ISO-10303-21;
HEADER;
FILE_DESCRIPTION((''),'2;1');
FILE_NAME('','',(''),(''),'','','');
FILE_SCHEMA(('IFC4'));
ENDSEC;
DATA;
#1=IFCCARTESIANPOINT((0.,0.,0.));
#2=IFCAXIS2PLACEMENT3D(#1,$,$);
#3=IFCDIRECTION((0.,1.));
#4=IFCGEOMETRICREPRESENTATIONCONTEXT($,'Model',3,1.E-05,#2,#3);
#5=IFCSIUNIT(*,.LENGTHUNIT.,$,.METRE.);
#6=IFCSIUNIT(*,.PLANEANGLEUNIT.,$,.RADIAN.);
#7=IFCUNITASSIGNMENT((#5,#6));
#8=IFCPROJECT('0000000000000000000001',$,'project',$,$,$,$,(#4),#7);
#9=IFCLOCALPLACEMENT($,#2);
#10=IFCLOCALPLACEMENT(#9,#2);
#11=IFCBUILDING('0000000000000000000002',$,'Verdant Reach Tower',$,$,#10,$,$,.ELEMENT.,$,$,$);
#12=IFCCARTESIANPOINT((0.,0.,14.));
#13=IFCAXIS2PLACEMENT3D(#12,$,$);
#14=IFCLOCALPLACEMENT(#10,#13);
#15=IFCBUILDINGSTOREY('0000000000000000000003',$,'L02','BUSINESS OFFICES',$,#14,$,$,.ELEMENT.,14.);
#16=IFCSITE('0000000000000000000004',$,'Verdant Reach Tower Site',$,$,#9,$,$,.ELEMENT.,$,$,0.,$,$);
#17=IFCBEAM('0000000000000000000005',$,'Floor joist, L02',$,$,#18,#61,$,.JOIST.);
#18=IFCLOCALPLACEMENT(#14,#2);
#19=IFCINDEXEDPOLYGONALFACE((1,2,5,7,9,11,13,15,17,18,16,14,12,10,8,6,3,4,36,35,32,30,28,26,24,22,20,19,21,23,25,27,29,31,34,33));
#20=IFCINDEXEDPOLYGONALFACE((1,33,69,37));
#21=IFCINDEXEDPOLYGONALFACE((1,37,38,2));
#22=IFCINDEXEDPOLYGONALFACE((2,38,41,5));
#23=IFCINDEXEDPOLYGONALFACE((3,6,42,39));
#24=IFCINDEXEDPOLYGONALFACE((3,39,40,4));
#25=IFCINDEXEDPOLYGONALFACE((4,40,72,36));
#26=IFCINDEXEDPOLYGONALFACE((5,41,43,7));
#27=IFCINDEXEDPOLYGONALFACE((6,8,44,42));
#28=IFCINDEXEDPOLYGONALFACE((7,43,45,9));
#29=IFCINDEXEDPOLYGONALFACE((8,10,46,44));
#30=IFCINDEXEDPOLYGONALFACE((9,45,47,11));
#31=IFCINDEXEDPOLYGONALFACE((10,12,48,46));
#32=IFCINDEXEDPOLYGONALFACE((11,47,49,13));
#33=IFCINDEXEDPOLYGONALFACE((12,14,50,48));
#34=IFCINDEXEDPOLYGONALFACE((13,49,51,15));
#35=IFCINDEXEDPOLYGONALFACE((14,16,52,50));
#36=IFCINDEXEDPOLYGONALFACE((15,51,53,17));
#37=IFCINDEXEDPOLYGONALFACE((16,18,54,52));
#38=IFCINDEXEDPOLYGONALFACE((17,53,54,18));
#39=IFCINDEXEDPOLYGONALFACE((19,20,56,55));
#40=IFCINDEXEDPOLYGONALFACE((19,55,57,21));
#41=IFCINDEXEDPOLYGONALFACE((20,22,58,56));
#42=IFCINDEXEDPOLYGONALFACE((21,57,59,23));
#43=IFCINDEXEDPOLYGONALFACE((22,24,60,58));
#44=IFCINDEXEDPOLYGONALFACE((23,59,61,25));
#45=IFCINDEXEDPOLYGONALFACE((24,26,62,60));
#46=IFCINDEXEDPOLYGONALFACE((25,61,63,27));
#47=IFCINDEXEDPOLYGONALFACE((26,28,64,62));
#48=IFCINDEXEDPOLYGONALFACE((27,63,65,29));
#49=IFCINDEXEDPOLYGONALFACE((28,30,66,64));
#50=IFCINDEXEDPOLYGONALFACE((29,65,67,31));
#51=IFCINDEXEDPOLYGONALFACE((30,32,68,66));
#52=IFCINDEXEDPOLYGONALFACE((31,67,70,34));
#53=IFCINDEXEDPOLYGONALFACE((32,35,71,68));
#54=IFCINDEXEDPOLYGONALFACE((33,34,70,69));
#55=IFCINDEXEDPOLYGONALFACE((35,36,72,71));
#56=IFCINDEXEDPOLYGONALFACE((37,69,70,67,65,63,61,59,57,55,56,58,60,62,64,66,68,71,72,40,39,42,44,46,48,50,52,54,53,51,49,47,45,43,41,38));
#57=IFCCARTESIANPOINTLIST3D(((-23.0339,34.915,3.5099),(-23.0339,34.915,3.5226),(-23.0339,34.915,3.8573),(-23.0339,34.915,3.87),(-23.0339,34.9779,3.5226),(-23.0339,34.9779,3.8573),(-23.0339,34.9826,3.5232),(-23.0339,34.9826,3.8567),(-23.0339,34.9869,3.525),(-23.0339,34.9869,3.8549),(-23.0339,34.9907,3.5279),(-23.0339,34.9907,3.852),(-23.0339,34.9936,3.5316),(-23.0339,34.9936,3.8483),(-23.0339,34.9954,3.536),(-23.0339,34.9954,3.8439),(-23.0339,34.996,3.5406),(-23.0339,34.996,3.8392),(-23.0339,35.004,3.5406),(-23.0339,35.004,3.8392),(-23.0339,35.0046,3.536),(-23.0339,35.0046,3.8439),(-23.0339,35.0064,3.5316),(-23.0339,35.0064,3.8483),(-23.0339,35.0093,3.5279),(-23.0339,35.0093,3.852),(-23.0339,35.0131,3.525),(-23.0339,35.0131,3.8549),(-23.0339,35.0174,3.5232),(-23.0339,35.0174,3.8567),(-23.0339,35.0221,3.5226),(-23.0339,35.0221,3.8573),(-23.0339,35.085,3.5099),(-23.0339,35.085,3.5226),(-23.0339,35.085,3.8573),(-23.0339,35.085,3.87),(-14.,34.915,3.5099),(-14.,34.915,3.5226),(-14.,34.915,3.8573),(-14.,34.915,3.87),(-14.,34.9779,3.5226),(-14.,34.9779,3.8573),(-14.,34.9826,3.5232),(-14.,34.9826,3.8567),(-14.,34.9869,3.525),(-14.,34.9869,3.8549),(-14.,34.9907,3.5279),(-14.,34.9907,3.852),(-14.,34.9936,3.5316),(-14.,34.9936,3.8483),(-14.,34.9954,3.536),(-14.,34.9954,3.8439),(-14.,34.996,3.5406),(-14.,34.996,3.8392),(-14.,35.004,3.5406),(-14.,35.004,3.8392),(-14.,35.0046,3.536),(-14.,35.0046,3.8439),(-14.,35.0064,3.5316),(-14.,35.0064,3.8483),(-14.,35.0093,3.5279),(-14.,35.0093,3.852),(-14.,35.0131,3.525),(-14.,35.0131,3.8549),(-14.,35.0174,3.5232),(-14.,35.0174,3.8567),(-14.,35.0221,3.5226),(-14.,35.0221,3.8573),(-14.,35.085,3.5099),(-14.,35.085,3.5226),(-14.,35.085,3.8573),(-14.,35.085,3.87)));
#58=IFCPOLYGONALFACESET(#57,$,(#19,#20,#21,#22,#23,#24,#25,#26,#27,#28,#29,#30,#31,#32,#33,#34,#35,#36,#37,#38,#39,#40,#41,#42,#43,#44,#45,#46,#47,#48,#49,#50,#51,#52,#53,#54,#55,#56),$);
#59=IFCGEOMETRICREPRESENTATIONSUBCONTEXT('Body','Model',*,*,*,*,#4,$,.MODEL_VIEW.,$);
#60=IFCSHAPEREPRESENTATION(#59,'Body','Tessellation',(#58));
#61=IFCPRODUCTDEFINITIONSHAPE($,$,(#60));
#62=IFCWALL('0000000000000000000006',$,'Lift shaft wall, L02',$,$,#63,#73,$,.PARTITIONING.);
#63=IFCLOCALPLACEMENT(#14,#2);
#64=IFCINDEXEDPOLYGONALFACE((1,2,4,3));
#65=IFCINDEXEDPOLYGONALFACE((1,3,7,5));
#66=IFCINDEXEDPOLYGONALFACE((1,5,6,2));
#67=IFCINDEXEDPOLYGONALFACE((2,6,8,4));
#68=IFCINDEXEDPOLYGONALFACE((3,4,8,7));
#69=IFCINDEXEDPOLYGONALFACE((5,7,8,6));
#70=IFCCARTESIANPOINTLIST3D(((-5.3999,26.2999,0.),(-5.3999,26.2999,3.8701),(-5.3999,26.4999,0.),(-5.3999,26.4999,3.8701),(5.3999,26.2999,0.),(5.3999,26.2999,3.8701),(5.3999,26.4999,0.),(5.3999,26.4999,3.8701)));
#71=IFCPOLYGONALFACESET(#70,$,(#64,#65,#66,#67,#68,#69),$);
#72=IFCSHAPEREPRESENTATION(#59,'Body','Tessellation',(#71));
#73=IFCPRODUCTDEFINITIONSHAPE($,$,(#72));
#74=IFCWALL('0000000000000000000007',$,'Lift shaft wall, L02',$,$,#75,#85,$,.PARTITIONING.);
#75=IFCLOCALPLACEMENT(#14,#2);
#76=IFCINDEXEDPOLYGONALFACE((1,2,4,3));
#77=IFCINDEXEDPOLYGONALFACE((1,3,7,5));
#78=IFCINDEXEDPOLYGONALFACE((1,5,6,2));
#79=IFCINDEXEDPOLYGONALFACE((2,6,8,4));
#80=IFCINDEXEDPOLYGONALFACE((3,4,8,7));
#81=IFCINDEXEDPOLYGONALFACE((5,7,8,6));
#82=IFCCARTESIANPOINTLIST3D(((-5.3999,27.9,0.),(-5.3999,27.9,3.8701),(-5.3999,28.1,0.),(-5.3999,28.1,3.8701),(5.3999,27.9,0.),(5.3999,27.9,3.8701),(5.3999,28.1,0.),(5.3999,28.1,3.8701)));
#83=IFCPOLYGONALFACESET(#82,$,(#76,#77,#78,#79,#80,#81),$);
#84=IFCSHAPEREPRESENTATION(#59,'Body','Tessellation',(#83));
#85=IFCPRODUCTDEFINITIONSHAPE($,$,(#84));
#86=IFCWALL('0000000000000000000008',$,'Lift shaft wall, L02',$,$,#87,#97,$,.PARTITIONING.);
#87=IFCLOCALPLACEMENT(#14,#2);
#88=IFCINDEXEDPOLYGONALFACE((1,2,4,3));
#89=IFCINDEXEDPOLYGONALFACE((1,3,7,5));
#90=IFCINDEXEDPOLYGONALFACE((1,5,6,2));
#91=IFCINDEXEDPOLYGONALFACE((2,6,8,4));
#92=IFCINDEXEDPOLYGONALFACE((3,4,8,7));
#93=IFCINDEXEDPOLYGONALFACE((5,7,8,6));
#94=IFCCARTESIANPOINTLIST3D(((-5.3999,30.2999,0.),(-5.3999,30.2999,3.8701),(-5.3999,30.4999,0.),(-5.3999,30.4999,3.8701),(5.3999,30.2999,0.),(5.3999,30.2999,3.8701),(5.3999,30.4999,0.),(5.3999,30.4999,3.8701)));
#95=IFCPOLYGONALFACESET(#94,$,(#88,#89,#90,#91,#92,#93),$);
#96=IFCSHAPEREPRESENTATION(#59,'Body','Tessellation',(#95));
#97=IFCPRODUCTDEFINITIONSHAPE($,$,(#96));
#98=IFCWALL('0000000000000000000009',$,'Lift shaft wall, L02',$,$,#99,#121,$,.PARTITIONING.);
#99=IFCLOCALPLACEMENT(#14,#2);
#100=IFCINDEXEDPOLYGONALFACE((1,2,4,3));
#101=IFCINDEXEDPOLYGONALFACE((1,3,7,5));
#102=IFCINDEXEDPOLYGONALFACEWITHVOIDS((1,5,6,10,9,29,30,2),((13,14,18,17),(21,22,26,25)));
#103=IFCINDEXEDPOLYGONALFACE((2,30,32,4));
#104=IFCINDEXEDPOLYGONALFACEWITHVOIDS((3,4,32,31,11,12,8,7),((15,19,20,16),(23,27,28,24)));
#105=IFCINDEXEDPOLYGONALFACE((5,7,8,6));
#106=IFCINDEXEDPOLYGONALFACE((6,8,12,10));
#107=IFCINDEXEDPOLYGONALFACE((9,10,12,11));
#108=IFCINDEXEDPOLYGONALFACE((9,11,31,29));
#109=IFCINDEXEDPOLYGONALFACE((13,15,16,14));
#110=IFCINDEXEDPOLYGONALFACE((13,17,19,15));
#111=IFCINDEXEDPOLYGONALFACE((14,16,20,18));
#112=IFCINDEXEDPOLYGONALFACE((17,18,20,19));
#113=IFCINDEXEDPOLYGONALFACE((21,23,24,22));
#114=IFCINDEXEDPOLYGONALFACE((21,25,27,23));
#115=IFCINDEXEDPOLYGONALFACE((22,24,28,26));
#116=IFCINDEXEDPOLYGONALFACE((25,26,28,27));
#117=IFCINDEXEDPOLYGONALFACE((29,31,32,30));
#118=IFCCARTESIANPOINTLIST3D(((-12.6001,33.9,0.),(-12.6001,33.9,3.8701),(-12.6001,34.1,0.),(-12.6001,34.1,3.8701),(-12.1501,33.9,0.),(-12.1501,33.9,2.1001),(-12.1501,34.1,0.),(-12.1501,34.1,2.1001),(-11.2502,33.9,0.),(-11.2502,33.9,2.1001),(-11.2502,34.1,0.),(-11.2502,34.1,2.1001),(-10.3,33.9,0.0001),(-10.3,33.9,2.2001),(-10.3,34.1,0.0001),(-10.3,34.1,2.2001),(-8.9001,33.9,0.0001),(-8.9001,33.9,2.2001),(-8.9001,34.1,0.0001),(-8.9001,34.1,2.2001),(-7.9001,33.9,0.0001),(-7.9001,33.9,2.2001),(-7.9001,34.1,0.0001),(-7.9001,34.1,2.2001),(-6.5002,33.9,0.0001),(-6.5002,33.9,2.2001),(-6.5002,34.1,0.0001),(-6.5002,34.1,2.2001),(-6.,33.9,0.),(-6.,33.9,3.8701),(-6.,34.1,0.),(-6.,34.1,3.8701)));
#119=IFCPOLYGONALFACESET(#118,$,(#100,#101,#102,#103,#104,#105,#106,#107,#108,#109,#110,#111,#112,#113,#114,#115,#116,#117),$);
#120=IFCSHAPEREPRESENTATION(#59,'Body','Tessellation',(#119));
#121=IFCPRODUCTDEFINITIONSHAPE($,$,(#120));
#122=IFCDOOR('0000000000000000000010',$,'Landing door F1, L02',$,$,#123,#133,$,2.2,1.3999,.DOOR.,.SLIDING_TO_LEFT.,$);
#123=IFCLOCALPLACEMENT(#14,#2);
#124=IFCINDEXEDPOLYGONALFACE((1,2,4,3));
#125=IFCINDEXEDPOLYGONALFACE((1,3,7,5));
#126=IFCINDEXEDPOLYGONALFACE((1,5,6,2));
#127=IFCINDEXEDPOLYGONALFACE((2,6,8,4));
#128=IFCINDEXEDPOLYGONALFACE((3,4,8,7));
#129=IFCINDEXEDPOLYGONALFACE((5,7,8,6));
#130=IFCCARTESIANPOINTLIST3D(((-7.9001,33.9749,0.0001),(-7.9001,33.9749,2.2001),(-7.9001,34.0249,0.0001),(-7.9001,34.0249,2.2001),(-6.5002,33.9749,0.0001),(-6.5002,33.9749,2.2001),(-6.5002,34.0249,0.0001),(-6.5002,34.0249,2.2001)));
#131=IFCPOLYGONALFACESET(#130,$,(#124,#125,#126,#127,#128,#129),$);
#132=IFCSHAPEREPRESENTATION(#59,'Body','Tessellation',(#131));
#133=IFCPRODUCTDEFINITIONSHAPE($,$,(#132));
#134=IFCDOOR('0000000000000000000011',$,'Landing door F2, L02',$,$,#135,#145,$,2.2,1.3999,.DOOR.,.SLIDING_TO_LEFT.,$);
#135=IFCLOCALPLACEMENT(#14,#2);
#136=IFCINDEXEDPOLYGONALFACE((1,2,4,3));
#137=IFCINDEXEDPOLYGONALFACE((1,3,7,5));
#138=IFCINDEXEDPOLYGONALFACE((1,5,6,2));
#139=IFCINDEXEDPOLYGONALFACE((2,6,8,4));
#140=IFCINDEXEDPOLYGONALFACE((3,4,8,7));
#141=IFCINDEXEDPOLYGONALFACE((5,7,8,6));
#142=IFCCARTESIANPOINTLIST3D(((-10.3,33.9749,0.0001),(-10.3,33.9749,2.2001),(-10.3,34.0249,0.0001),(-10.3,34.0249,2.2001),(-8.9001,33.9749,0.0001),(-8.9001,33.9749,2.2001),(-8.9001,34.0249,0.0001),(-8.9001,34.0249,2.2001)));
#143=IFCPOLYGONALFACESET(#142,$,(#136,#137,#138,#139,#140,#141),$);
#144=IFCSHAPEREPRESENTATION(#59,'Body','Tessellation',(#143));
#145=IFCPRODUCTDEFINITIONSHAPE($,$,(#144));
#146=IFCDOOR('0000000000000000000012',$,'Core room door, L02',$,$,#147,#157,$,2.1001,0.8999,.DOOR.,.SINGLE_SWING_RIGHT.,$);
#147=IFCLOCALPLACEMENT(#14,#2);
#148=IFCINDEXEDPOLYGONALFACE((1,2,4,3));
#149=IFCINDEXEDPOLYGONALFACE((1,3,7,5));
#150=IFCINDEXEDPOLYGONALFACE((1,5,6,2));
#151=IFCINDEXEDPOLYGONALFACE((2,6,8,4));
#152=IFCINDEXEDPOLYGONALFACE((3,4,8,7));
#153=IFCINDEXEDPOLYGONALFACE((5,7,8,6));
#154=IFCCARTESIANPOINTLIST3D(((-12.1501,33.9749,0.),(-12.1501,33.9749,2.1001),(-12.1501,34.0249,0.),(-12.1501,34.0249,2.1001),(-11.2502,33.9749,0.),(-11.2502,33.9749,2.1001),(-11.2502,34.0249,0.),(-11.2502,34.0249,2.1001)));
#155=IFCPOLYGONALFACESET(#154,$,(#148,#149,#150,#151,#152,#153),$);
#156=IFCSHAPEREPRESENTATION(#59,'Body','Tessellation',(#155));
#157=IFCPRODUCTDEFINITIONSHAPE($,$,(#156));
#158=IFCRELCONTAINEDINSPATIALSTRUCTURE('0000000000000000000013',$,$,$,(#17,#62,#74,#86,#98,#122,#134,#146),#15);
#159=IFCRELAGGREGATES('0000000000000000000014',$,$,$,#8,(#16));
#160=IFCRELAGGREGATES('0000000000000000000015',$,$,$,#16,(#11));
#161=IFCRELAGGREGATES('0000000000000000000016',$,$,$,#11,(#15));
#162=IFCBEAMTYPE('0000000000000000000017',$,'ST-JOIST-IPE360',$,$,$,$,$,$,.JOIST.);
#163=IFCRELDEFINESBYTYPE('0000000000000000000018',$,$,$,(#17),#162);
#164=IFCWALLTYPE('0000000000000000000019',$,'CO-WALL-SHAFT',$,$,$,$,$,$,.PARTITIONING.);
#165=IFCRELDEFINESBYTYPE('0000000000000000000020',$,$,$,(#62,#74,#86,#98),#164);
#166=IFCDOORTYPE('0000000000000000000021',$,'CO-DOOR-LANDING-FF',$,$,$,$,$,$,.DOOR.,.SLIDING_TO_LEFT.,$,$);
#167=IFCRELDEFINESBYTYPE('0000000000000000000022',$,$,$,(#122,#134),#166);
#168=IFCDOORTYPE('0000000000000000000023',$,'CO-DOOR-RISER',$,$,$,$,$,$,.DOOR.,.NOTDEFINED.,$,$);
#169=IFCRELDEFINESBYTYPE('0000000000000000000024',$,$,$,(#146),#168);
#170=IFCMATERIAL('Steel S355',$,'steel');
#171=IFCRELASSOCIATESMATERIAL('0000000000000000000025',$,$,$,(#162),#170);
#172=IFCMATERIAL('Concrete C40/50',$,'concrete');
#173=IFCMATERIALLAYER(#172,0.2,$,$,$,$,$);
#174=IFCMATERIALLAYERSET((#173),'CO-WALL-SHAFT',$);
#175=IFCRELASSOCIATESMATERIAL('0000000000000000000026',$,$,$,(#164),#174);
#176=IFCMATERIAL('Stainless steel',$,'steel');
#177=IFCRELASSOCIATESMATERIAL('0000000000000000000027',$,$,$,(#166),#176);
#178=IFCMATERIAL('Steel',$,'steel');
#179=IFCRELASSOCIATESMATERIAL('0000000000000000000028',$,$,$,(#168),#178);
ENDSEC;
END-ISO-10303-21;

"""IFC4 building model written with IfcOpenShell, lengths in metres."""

from ifc_helpers import new_model, si_unit, direction, frame, frame_2d, origin, origin_2d, place, context, subcontext, project, spatial, rectangle, i_section, extrude, material, layer, layer_set, material_profile, profile_set, type_object, element, fill, save


model = new_model("IFC4")

# Units and contexts
model_context = context("Model", 3, precision=1e-05, world=origin(), true_north=direction((0.0, 1.0)))
body_context = subcontext(model_context, "Body", "Model", "MODEL_VIEW")
ifc_project = project(units=[si_unit("LENGTHUNIT", "METRE"), si_unit("PLANEANGLEUNIT", "RADIAN")], contexts=[model_context])

# Site, building, storey
site_placement = place(None, origin())
site = spatial("IfcSite", under=ifc_project, at=site_placement, Name="Verdant Reach Tower Site", CompositionType="ELEMENT", RefElevation=0.0)
building_placement = place(site_placement, origin())
building = spatial("IfcBuilding", under=site, at=building_placement, Name="Verdant Reach Tower", CompositionType="ELEMENT")
storey_placement = place(building_placement, frame((0.0, 0.0, 14.0)))
storey = spatial("IfcBuildingStorey", under=building, at=storey_placement, Name="L02", Description="BUSINESS OFFICES", CompositionType="ELEMENT", Elevation=14.0)

# Beam
ifc_material_1 = material(Name="Steel S355", Category="steel")
ifc_material_profile_1 = material_profile(ifc_material_1, i_section(OverallWidth=0.1699, OverallDepth=0.3601, WebThickness=0.0081, FlangeThickness=0.0127, FilletRadius=0.0181, at=origin_2d()), Name="IPE 360")
ifc_profile_set_1 = profile_set([ifc_material_profile_1], Name="Steel S355")
beam_type_1 = type_object("IfcBeamType", Name="ST-JOIST-IPE360", PredefinedType="JOIST", material=ifc_profile_set_1)
beam_1_placement = place(storey_placement, frame((-14.0, 35.0, 3.6899), z_axis=(-1.0, 0.0, 0.0), x_axis=(0.0, -1.0, 0.0)))
element("IfcBeam", 1, at=beam_1_placement, inside=storey, type_object=beam_type_1, Name="Floor joist, L02", PredefinedType="JOIST", context=body_context, shape_type="SweptSolid", body=[
    extrude(i_section(OverallWidth=0.1699, OverallDepth=0.3601, WebThickness=0.0081, FlangeThickness=0.0127, FilletRadius=0.0181, at=origin_2d()), origin(), (0.0, 0.0, 1.0), 9.0339),
])

# Walls
ifc_material_2 = material(Name="Concrete C40/50", Category="concrete")
ifc_layer_1 = layer(ifc_material_2, 0.2)
ifc_layer_set_1 = layer_set([ifc_layer_1], Name="CO-WALL-SHAFT")
wall_type_1 = type_object("IfcWallType", Name="CO-WALL-SHAFT", PredefinedType="PARTITIONING", material=ifc_layer_set_1)
for number, where, z_axis, x_axis, name in (
    (2, (-5.3999, 26.3999, 0.0), (0.0, 0.0, 1.0), (1.0, 0.0, 0.0), "Lift shaft wall, L02"),
    (3, (-5.3999, 28.0, 0.0), (0.0, 0.0, 1.0), (1.0, 0.0, 0.0), "Lift shaft wall, L02"),
    (4, (-5.3999, 30.3999, 0.0), (0.0, 0.0, 1.0), (1.0, 0.0, 0.0), "Lift shaft wall, L02"),
):
    element("IfcWall", number, at=place(storey_placement, frame(where, z_axis=z_axis, x_axis=x_axis)), inside=storey, type_object=wall_type_1, Name=name, PredefinedType="PARTITIONING", context=body_context, shape_type="SweptSolid", body=[
        extrude(rectangle(XDim=10.7998, YDim=0.2, at=frame_2d((5.3999, 0.0))), origin(), (0.0, 0.0, 1.0), 3.8701),
    ])

# Wall, openings, doors
wall_1_placement = place(storey_placement, frame((-12.6001, 34.0, 0.0), z_axis=(0.0, 0.0, 1.0), x_axis=(1.0, 0.0, 0.0)))
wall_1 = element("IfcWall", 5, at=wall_1_placement, inside=storey, type_object=wall_type_1, Name="Lift shaft wall, L02", PredefinedType="PARTITIONING", context=body_context, shape_type="SweptSolid", body=[
    extrude(rectangle(XDim=6.6001, YDim=0.2, at=frame_2d((3.3, 0.0))), origin(), (0.0, 0.0, 1.0), 3.8701),
])
opening_1_placement = place(wall_1_placement, frame((4.7, 0.0, 0.0)))
opening_1 = element("IfcOpeningElement", 6, at=opening_1_placement, cuts=wall_1, PredefinedType="OPENING", context=body_context, shape_type="SweptSolid", body=[
    extrude(rectangle(XDim=1.3999, YDim=2.2, at=frame_2d((0.7, 1.1001))), frame((0.0, 0.1099, 0.0), z_axis=(0.0, -1.0, 0.0), x_axis=(1.0, 0.0, 0.0)), (0.0, 0.0, 1.0), 0.22),
])
opening_2_placement = place(wall_1_placement, frame((2.3, 0.0, 0.0)))
opening_2 = element("IfcOpeningElement", 7, at=opening_2_placement, cuts=wall_1, PredefinedType="OPENING", context=body_context, shape_type="SweptSolid", body=[
    extrude(rectangle(XDim=1.3999, YDim=2.2, at=frame_2d((0.7, 1.1001))), frame((0.0, 0.1099, 0.0), z_axis=(0.0, -1.0, 0.0), x_axis=(1.0, 0.0, 0.0)), (0.0, 0.0, 1.0), 0.22),
])
opening_3_placement = place(wall_1_placement, frame((0.45, 0.0, 0.0)))
opening_3 = element("IfcOpeningElement", 8, at=opening_3_placement, cuts=wall_1, PredefinedType="OPENING", context=body_context, shape_type="SweptSolid", body=[
    extrude(rectangle(XDim=0.8999, YDim=2.1001, at=frame_2d((0.45, 1.05))), frame((0.0, 0.1099, 0.0), z_axis=(0.0, -1.0, 0.0), x_axis=(1.0, 0.0, 0.0)), (0.0, 0.0, 1.0), 0.22),
])
ifc_material_3 = material(Name="Stainless steel", Category="steel")
door_type_1 = type_object("IfcDoorType", Name="CO-DOOR-LANDING-FF", OperationType="SLIDING_TO_LEFT", PredefinedType="DOOR", material=ifc_material_3)
door_1_placement = place(opening_1_placement, origin())
door_1 = element("IfcDoor", 9, at=door_1_placement, inside=storey, type_object=door_type_1, Name="Landing door F1, L02", OperationType="SLIDING_TO_LEFT", OverallHeight=2.2, OverallWidth=1.3999, PredefinedType="DOOR", context=body_context, shape_type="SweptSolid", body=[
    extrude(rectangle(XDim=1.3999, YDim=2.2, at=frame_2d((0.7, 1.1001))), frame((0.0, 0.0249, 0.0), z_axis=(0.0, -1.0, 0.0), x_axis=(1.0, 0.0, 0.0)), (0.0, 0.0, 1.0), 0.05),
])
fill(opening_1, door_1)
door_2_placement = place(opening_2_placement, origin())
door_2 = element("IfcDoor", 10, at=door_2_placement, inside=storey, type_object=door_type_1, Name="Landing door F2, L02", OperationType="SLIDING_TO_LEFT", OverallHeight=2.2, OverallWidth=1.3999, PredefinedType="DOOR", context=body_context, shape_type="SweptSolid", body=[
    extrude(rectangle(XDim=1.3999, YDim=2.2, at=frame_2d((0.7, 1.1001))), frame((0.0, 0.0249, 0.0), z_axis=(0.0, -1.0, 0.0), x_axis=(1.0, 0.0, 0.0)), (0.0, 0.0, 1.0), 0.05),
])
fill(opening_2, door_2)
ifc_material_4 = material(Name="Steel", Category="steel")
door_type_2 = type_object("IfcDoorType", Name="CO-DOOR-RISER", OperationType="NOTDEFINED", PredefinedType="DOOR", material=ifc_material_4)
door_3_placement = place(opening_3_placement, origin())
door_3 = element("IfcDoor", 11, at=door_3_placement, inside=storey, type_object=door_type_2, Name="Core room door, L02", OperationType="SINGLE_SWING_RIGHT", OverallHeight=2.1001, OverallWidth=0.8999, PredefinedType="DOOR", context=body_context, shape_type="SweptSolid", body=[
    extrude(rectangle(XDim=0.8999, YDim=2.1001, at=frame_2d((0.45, 1.05))), frame((0.0, 0.0249, 0.0), z_axis=(0.0, -1.0, 0.0), x_axis=(1.0, 0.0, 0.0)), (0.0, 0.0, 1.0), 0.05),
])
fill(opening_3, door_3)

save(model, "model.ifc")
